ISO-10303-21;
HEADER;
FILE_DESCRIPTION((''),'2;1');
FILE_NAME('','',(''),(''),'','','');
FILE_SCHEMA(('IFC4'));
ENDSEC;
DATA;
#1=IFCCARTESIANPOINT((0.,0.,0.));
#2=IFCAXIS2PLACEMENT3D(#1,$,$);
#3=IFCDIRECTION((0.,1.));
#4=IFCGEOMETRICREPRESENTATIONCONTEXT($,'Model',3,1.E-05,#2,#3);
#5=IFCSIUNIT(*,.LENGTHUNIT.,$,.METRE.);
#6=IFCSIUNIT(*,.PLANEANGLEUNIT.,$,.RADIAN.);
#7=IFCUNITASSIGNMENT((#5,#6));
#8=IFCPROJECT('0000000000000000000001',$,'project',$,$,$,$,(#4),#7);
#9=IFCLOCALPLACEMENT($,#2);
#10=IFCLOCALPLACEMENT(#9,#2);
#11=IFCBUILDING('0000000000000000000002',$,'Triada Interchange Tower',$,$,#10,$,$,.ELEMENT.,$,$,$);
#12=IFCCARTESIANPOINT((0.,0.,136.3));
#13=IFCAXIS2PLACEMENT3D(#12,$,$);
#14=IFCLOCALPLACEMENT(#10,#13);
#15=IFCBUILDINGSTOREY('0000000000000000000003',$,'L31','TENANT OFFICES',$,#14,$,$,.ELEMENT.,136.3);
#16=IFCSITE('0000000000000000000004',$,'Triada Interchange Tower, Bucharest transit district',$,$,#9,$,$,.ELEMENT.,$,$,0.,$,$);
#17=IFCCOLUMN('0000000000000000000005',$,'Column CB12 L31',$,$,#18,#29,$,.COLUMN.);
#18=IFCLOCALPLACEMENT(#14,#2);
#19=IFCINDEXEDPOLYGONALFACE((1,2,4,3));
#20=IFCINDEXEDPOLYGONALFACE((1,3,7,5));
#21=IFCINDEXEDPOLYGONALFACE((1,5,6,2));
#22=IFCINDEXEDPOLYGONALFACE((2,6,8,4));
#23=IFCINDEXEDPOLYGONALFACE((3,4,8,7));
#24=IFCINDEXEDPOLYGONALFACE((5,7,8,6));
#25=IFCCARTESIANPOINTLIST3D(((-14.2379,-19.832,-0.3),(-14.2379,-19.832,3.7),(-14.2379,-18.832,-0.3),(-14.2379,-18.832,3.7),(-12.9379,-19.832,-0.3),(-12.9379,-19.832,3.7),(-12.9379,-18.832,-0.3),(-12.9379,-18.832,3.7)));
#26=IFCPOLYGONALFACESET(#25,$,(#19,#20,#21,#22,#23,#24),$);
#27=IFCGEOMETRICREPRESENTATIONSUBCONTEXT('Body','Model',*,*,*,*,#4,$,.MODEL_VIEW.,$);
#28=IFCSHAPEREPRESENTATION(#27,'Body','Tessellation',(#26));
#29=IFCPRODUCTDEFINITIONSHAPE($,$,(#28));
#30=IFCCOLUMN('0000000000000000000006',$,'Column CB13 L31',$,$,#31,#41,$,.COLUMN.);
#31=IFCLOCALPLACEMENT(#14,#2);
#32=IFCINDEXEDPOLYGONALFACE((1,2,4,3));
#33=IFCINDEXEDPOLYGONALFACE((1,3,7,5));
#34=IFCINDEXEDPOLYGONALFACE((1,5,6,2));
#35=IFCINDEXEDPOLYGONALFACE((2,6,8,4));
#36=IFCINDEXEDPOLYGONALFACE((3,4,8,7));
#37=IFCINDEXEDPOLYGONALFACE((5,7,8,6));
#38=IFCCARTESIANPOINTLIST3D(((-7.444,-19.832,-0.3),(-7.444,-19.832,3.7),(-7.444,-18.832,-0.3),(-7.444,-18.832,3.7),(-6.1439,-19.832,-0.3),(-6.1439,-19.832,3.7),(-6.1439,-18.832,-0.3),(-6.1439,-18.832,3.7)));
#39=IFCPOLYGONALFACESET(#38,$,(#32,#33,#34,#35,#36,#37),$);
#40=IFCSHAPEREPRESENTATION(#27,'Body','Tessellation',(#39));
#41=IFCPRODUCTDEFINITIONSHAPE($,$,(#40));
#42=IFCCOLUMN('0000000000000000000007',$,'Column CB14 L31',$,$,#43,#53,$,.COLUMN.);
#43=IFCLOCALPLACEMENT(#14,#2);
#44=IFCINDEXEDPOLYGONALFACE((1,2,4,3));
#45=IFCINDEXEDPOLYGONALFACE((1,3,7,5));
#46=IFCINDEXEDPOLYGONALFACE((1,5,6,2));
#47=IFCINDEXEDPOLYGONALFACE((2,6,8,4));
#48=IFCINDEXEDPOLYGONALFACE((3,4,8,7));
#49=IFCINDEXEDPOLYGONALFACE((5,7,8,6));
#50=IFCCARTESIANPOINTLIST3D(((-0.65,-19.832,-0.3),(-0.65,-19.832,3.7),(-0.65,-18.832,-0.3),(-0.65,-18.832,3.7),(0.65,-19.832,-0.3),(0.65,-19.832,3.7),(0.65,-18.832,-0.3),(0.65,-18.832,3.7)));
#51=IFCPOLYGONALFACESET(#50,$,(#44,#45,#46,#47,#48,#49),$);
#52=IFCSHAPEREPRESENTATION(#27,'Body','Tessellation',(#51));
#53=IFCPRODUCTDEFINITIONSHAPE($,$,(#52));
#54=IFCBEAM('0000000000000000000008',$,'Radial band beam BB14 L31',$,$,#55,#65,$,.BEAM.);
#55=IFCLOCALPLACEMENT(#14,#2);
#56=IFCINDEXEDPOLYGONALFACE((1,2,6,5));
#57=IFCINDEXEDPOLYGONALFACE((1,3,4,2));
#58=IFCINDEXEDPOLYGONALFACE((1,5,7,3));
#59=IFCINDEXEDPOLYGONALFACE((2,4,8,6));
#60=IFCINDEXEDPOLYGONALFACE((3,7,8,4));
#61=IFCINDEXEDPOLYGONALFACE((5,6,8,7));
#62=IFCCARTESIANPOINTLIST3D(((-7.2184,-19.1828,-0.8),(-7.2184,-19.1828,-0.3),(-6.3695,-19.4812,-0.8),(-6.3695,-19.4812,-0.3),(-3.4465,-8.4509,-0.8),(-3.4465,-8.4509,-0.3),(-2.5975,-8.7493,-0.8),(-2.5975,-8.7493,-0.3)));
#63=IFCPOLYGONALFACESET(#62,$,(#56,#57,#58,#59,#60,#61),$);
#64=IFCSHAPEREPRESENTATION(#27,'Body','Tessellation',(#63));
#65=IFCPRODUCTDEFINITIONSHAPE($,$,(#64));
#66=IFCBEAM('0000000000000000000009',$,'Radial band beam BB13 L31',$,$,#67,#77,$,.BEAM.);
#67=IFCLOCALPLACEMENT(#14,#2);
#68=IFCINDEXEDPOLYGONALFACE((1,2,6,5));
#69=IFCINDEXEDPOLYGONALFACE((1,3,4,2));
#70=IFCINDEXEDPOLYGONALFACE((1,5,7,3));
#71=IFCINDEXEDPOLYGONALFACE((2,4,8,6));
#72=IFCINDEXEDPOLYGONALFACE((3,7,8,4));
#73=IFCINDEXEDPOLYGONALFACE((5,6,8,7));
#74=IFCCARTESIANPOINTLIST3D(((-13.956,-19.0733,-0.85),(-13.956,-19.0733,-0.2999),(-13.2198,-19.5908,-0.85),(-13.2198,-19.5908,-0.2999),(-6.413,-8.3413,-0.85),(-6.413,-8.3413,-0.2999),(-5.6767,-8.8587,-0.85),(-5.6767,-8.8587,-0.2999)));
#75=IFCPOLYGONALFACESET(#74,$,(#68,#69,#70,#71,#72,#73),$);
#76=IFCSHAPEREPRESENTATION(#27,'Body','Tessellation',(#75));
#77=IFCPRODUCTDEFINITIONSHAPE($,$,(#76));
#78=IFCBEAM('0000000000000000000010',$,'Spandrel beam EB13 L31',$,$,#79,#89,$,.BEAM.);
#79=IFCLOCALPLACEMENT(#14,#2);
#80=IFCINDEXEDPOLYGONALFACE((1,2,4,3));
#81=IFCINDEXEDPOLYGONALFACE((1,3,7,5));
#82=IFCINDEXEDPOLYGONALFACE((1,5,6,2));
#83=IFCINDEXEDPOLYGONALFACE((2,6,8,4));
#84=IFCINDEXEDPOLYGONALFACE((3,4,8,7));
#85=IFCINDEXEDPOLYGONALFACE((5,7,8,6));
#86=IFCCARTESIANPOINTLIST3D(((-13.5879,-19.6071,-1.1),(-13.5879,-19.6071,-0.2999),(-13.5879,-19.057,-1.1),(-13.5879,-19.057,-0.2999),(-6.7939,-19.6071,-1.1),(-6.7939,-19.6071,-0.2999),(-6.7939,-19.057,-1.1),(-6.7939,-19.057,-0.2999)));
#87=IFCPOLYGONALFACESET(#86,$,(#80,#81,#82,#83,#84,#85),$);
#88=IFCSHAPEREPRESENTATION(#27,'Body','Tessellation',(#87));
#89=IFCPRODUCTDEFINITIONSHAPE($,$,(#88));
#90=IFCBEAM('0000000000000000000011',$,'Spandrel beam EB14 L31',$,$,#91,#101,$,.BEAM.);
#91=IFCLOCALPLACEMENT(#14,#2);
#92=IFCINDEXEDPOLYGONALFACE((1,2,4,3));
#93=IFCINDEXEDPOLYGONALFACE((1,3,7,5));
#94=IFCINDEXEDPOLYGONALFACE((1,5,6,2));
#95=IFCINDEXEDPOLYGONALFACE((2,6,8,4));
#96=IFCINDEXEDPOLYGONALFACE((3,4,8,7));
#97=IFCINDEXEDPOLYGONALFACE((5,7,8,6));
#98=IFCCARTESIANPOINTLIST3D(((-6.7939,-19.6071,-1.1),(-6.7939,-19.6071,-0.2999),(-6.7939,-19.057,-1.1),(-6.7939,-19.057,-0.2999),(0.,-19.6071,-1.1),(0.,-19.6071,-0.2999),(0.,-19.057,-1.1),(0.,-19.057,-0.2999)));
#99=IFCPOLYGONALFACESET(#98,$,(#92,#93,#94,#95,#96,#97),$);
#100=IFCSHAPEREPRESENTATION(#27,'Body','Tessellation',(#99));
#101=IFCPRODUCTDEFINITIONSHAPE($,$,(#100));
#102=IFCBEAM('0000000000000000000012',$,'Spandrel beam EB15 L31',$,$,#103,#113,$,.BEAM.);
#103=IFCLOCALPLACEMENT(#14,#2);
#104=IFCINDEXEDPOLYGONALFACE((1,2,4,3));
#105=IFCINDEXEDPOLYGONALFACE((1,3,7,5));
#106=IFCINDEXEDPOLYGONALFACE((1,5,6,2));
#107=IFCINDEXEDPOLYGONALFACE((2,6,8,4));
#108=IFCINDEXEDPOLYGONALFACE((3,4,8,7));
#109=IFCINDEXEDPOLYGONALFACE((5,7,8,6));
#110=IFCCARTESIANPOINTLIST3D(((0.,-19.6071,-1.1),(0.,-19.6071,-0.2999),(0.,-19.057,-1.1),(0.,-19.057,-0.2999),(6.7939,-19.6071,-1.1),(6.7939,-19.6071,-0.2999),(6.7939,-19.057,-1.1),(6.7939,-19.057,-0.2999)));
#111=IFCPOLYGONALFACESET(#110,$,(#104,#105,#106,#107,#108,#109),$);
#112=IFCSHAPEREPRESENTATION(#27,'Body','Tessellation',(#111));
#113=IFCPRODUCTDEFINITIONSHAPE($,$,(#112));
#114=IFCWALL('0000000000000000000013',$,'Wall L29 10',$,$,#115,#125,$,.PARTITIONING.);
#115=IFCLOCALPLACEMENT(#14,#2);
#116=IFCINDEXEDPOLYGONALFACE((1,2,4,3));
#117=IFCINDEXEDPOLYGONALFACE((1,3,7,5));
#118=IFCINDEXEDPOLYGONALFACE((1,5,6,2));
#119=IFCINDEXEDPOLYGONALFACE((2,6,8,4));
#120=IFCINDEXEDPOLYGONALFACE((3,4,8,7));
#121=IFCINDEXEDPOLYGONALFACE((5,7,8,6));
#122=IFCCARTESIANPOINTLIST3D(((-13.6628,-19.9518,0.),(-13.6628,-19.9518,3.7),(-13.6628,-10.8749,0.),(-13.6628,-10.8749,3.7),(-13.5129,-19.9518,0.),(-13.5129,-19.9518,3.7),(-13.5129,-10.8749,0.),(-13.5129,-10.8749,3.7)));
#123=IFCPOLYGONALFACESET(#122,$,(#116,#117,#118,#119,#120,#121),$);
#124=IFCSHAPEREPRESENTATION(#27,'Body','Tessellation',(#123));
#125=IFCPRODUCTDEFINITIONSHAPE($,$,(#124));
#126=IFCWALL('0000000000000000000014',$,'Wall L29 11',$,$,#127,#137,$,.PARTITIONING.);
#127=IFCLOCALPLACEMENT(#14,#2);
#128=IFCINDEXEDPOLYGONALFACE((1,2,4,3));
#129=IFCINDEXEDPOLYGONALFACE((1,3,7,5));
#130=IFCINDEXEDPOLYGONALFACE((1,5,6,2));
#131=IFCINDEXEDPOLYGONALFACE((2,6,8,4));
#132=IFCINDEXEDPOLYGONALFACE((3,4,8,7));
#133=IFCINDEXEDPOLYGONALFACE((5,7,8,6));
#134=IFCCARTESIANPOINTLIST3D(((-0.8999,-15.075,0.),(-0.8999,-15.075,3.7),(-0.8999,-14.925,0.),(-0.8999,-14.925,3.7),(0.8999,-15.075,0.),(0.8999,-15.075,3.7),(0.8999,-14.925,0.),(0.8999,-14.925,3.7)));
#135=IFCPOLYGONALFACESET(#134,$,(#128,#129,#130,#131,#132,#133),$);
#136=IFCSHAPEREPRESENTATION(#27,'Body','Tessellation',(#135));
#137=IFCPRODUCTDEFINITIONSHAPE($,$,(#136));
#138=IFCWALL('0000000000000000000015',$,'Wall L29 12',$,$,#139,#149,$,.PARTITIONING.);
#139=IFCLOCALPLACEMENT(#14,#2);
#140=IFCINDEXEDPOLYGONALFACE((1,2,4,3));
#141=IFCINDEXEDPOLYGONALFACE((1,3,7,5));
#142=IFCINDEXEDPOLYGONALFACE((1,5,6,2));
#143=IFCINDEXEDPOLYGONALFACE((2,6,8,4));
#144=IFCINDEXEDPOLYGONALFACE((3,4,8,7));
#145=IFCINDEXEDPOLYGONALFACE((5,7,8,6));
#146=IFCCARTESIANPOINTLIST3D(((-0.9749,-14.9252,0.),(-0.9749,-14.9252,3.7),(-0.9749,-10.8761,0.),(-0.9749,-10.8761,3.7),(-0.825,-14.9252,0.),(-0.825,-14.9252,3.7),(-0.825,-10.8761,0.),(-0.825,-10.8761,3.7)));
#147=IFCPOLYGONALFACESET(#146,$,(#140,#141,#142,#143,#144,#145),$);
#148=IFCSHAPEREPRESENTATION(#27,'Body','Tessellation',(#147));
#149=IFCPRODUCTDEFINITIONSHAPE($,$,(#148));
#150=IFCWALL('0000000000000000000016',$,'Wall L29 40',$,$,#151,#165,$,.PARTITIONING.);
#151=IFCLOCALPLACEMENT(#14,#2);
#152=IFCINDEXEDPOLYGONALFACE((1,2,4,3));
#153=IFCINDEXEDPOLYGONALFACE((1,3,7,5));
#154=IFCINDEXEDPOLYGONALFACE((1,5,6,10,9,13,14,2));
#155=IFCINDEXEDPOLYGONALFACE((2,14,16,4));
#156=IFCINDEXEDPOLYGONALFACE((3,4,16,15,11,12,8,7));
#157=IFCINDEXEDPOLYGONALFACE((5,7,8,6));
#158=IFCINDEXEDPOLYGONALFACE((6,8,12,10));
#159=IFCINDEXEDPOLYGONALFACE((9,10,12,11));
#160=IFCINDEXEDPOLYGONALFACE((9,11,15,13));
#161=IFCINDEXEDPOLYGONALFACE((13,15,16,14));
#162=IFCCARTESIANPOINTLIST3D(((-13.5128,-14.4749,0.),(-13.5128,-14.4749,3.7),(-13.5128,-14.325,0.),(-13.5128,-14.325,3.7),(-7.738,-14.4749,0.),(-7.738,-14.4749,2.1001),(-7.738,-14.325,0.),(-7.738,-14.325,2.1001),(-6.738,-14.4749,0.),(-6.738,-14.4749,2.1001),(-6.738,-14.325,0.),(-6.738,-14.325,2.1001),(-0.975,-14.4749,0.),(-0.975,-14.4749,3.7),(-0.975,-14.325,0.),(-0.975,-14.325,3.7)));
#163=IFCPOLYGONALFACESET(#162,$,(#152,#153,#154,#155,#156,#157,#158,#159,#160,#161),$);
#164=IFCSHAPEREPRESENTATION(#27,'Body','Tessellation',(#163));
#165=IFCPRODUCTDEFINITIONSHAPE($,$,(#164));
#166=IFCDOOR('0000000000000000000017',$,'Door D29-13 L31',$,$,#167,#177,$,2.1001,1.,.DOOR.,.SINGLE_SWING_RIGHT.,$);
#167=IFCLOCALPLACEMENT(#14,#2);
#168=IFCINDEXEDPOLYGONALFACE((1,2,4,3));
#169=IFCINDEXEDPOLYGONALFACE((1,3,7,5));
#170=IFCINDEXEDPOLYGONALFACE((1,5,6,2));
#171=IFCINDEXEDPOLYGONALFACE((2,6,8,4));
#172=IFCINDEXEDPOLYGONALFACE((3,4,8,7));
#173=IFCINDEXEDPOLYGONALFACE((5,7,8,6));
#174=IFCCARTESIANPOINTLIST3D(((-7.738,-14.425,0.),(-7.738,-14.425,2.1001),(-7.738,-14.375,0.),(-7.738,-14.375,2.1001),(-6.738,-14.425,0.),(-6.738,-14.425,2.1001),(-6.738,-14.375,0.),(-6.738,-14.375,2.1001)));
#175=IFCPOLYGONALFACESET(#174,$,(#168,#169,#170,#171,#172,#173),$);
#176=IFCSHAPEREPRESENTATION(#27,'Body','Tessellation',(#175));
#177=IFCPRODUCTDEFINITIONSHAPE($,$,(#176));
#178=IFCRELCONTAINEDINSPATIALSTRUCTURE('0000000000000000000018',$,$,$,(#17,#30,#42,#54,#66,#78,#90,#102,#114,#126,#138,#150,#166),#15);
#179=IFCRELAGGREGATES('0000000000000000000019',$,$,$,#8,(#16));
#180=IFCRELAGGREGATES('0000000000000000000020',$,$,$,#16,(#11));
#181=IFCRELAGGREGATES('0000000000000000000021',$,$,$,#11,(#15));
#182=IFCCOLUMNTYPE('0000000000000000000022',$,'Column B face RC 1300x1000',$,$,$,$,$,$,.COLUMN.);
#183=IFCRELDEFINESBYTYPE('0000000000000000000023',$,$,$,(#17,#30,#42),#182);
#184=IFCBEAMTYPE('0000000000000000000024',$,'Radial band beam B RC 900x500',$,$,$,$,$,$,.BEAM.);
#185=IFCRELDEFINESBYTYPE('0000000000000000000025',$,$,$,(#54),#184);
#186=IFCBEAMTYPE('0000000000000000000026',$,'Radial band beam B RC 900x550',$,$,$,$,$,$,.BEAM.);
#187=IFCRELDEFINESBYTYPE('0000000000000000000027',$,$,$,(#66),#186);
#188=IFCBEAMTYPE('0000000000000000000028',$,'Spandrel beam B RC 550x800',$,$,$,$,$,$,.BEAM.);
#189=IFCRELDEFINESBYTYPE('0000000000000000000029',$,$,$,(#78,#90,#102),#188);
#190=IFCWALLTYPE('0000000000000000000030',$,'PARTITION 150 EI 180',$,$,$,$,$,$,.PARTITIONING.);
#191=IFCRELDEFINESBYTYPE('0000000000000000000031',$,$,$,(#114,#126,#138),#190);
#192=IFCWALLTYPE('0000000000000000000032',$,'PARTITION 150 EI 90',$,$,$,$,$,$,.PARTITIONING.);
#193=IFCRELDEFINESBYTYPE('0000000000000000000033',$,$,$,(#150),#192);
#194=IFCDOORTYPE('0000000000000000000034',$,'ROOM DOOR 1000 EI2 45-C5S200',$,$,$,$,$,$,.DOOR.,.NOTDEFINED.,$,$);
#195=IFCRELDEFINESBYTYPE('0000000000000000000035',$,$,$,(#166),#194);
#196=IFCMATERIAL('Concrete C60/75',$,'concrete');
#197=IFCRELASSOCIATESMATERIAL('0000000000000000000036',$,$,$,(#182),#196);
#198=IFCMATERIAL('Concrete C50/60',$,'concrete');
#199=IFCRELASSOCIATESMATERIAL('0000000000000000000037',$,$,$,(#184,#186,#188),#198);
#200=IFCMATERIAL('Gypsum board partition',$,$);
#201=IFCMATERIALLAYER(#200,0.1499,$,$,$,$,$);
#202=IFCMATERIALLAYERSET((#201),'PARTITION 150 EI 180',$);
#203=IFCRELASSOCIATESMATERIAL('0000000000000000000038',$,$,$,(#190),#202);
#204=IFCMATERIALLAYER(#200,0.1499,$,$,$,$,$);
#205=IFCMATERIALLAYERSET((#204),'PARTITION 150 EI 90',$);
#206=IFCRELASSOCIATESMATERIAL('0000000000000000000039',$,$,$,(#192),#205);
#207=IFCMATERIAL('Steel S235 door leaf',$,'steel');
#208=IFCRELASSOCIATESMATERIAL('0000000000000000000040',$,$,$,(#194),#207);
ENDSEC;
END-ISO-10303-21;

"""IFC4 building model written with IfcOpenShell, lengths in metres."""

from ifc_helpers import new_model, si_unit, direction, frame, frame_2d, origin, origin_2d, place, context, subcontext, project, spatial, rectangle, extrude, material, layer, layer_set, material_profile, profile_set, type_object, element, fill, save


model = new_model("IFC4")

# Units and contexts
model_context = context("Model", 3, precision=1e-05, world=origin(), true_north=direction((0.0, 1.0)))
body_context = subcontext(model_context, "Body", "Model", "MODEL_VIEW")
ifc_project = project(units=[si_unit("LENGTHUNIT", "METRE"), si_unit("PLANEANGLEUNIT", "RADIAN")], contexts=[model_context])

# Site, building, storey
site_placement = place(None, origin())
site = spatial("IfcSite", under=ifc_project, at=site_placement, Name="Triada Interchange Tower, Bucharest transit district", CompositionType="ELEMENT", RefElevation=0.0)
building_placement = place(site_placement, origin())
building = spatial("IfcBuilding", under=site, at=building_placement, Name="Triada Interchange Tower", CompositionType="ELEMENT")
storey_placement = place(building_placement, frame((0.0, 0.0, 136.3)))
storey = spatial("IfcBuildingStorey", under=building, at=storey_placement, Name="L31", Description="TENANT OFFICES", CompositionType="ELEMENT", Elevation=136.3)

# Columns
ifc_material_1 = material(Name="Concrete C60/75", Category="concrete")
ifc_material_profile_1 = material_profile(ifc_material_1, rectangle(XDim=1.3, YDim=1.0, at=origin_2d()), Name="RC 1300x1000")
ifc_profile_set_1 = profile_set([ifc_material_profile_1], Name="Concrete C60/75")
column_type = type_object("IfcColumnType", Name="Column B face RC 1300x1000", PredefinedType="COLUMN", material=ifc_profile_set_1)
for number, where, z_axis, x_axis, name in (
    (1, (-13.5879, -19.332, -0.3), (0.0, 0.0, 1.0), (1.0, 0.0, 0.0), "Column CB12 L31"),
    (2, (-6.7939, -19.332, -0.3), (0.0, 0.0, 1.0), (1.0, 0.0, 0.0), "Column CB13 L31"),
    (3, (0.0, -19.332, -0.3), (0.0, 0.0, 1.0), (1.0, 0.0, 0.0), "Column CB14 L31"),
):
    element("IfcColumn", number, at=place(storey_placement, frame(where, z_axis=z_axis, x_axis=x_axis)), inside=storey, type_object=column_type, Name=name, PredefinedType="COLUMN", context=body_context, shape_type="SweptSolid", body=[
        extrude(rectangle(XDim=1.3, YDim=1.0, at=origin_2d()), origin(), (0.0, 0.0, 1.0), 4.0),
    ])

# Beams
ifc_material_2 = material(Name="Concrete C50/60", Category="concrete")
ifc_material_profile_2 = material_profile(ifc_material_2, rectangle(XDim=0.8999, YDim=0.5, at=origin_2d()), Name="RC 900x500")
ifc_profile_set_2 = profile_set([ifc_material_profile_2], Name="Concrete C50/60")
beam_type_1 = type_object("IfcBeamType", Name="Radial band beam B RC 900x500", PredefinedType="BEAM", material=ifc_profile_set_2)
beam_1_placement = place(storey_placement, frame((-6.7939, -19.332, -0.55), z_axis=(0.331587, 0.943425, 0.0), x_axis=(-0.943425, 0.331587, 0.0)))
element("IfcBeam", 4, at=beam_1_placement, inside=storey, type_object=beam_type_1, Name="Radial band beam BB14 L31", PredefinedType="BEAM", context=body_context, shape_type="SweptSolid", body=[
    extrude(rectangle(XDim=0.8999, YDim=0.5, at=origin_2d()), origin(), (0.0, 0.0, 1.0), 11.3755),
])
ifc_material_profile_3 = material_profile(ifc_material_2, rectangle(XDim=0.8999, YDim=0.55, at=origin_2d()), Name="RC 900x550")
ifc_profile_set_3 = profile_set([ifc_material_profile_3], Name="Concrete C50/60")
beam_type_2 = type_object("IfcBeamType", Name="Radial band beam B RC 900x550", PredefinedType="BEAM", material=ifc_profile_set_3)
beam_2_placement = place(storey_placement, frame((-13.5879, -19.332, -0.575), z_axis=(0.575028, 0.818134, 0.0), x_axis=(-0.818134, 0.575028, 0.0)))
element("IfcBeam", 5, at=beam_2_placement, inside=storey, type_object=beam_type_2, Name="Radial band beam BB13 L31", PredefinedType="BEAM", context=body_context, shape_type="SweptSolid", body=[
    extrude(rectangle(XDim=0.8999, YDim=0.55, at=origin_2d()), origin(), (0.0, 0.0, 1.0), 13.1177),
])
ifc_material_profile_4 = material_profile(ifc_material_2, rectangle(XDim=0.55, YDim=0.8, at=origin_2d()), Name="RC 550x800")
ifc_profile_set_4 = profile_set([ifc_material_profile_4], Name="Concrete C50/60")
beam_type_3 = type_object("IfcBeamType", Name="Spandrel beam B RC 550x800", PredefinedType="BEAM", material=ifc_profile_set_4)
for number, where, z_axis, x_axis, name in (
    (6, (-13.5879, -19.332, -0.7), (1.0, 0.0, 0.0), (0.0, 1.0, 0.0), "Spandrel beam EB13 L31"),
    (7, (-6.7939, -19.332, -0.7), (1.0, 0.0, 0.0), (0.0, 1.0, 0.0), "Spandrel beam EB14 L31"),
    (8, (0.0, -19.332, -0.7), (1.0, 0.0, 0.0), (0.0, 1.0, 0.0), "Spandrel beam EB15 L31"),
):
    element("IfcBeam", number, at=place(storey_placement, frame(where, z_axis=z_axis, x_axis=x_axis)), inside=storey, type_object=beam_type_3, Name=name, PredefinedType="BEAM", context=body_context, shape_type="SweptSolid", body=[
        extrude(rectangle(XDim=0.55, YDim=0.8, at=origin_2d()), origin(), (0.0, 0.0, 1.0), 6.7939),
    ])

# Shared definitions
ifc_material_3 = material(Name="Steel S235 door leaf", Category="steel")

# Walls
ifc_material_4 = material(Name="Gypsum board partition")
ifc_layer_1 = layer(ifc_material_4, 0.1499)
ifc_layer_set_1 = layer_set([ifc_layer_1], Name="PARTITION 150 EI 180")
wall_type_1 = type_object("IfcWallType", Name="PARTITION 150 EI 180", PredefinedType="PARTITIONING", material=ifc_layer_set_1)
wall_1_placement = place(storey_placement, frame((-13.5879, -19.9519, 0.0), z_axis=(0.0, 0.0, 1.0), x_axis=(0.0, 1.0, 0.0)))
element("IfcWall", 9, at=wall_1_placement, inside=storey, type_object=wall_type_1, Name="Wall L29 10", PredefinedType="PARTITIONING", context=body_context, shape_type="SweptSolid", body=[
    extrude(rectangle(XDim=9.0769, YDim=0.1499, at=frame_2d((4.5386, 0.0))), origin(), (0.0, 0.0, 1.0), 3.7),
])
wall_2_placement = place(storey_placement, frame((-0.8999, -15.0, 0.0), z_axis=(0.0, 0.0, 1.0), x_axis=(1.0, 0.0, 0.0)))
element("IfcWall", 10, at=wall_2_placement, inside=storey, type_object=wall_type_1, Name="Wall L29 11", PredefinedType="PARTITIONING", context=body_context, shape_type="SweptSolid", body=[
    extrude(rectangle(XDim=1.7998, YDim=0.1499, at=frame_2d((0.8999, 0.0))), origin(), (0.0, 0.0, 1.0), 3.7),
])
wall_3_placement = place(storey_placement, frame((-0.8999, -14.925, 0.0), z_axis=(0.0, 0.0, 1.0), x_axis=(0.0, 1.0, 0.0)))
element("IfcWall", 11, at=wall_3_placement, inside=storey, type_object=wall_type_1, Name="Wall L29 12", PredefinedType="PARTITIONING", context=body_context, shape_type="SweptSolid", body=[
    extrude(rectangle(XDim=4.0491, YDim=0.1499, at=frame_2d((2.0244, 0.0))), origin(), (0.0, 0.0, 1.0), 3.7),
])

# Wall, opening, door
ifc_layer_2 = layer(ifc_material_4, 0.1499)
ifc_layer_set_2 = layer_set([ifc_layer_2], Name="PARTITION 150 EI 90")
wall_type_2 = type_object("IfcWallType", Name="PARTITION 150 EI 90", PredefinedType="PARTITIONING", material=ifc_layer_set_2)
wall_4_placement = place(storey_placement, frame((-13.5129, -14.3999, 0.0), z_axis=(0.0, 0.0, 1.0), x_axis=(1.0, 0.0, 0.0)))
wall_4 = element("IfcWall", 12, at=wall_4_placement, inside=storey, type_object=wall_type_2, Name="Wall L29 40", PredefinedType="PARTITIONING", context=body_context, shape_type="SweptSolid", body=[
    extrude(rectangle(XDim=12.5378, YDim=0.1499, at=frame_2d((6.269, 0.0))), origin(), (0.0, 0.0, 1.0), 3.7),
])
opening_1_placement = place(wall_4_placement, frame((5.7749, 0.0, 0.0)))
opening_1 = element("IfcOpeningElement", 13, at=opening_1_placement, cuts=wall_4, PredefinedType="OPENING", context=body_context, shape_type="SweptSolid", body=[
    extrude(rectangle(XDim=1.0, YDim=2.1001, at=frame_2d((0.5, 1.05))), frame((0.0, 0.085, 0.0), z_axis=(0.0, -1.0, 0.0), x_axis=(1.0, 0.0, 0.0)), (0.0, 0.0, 1.0), 0.1699),
])
door_type_1 = type_object("IfcDoorType", Name="ROOM DOOR 1000 EI2 45-C5S200", OperationType="NOTDEFINED", PredefinedType="DOOR", material=ifc_material_3)
door_1_placement = place(opening_1_placement, origin())
door_1 = element("IfcDoor", 14, at=door_1_placement, inside=storey, type_object=door_type_1, Name="Door D29-13 L31", OperationType="SINGLE_SWING_RIGHT", OverallHeight=2.1001, OverallWidth=1.0, PredefinedType="DOOR", context=body_context, shape_type="SweptSolid", body=[
    extrude(rectangle(XDim=1.0, YDim=2.1001, at=frame_2d((0.5, 1.05))), frame((0.0, 0.0249, 0.0), z_axis=(0.0, -1.0, 0.0), x_axis=(1.0, 0.0, 0.0)), (0.0, 0.0, 1.0), 0.05),
])
fill(opening_1, door_1)

save(model, "model.ifc")
